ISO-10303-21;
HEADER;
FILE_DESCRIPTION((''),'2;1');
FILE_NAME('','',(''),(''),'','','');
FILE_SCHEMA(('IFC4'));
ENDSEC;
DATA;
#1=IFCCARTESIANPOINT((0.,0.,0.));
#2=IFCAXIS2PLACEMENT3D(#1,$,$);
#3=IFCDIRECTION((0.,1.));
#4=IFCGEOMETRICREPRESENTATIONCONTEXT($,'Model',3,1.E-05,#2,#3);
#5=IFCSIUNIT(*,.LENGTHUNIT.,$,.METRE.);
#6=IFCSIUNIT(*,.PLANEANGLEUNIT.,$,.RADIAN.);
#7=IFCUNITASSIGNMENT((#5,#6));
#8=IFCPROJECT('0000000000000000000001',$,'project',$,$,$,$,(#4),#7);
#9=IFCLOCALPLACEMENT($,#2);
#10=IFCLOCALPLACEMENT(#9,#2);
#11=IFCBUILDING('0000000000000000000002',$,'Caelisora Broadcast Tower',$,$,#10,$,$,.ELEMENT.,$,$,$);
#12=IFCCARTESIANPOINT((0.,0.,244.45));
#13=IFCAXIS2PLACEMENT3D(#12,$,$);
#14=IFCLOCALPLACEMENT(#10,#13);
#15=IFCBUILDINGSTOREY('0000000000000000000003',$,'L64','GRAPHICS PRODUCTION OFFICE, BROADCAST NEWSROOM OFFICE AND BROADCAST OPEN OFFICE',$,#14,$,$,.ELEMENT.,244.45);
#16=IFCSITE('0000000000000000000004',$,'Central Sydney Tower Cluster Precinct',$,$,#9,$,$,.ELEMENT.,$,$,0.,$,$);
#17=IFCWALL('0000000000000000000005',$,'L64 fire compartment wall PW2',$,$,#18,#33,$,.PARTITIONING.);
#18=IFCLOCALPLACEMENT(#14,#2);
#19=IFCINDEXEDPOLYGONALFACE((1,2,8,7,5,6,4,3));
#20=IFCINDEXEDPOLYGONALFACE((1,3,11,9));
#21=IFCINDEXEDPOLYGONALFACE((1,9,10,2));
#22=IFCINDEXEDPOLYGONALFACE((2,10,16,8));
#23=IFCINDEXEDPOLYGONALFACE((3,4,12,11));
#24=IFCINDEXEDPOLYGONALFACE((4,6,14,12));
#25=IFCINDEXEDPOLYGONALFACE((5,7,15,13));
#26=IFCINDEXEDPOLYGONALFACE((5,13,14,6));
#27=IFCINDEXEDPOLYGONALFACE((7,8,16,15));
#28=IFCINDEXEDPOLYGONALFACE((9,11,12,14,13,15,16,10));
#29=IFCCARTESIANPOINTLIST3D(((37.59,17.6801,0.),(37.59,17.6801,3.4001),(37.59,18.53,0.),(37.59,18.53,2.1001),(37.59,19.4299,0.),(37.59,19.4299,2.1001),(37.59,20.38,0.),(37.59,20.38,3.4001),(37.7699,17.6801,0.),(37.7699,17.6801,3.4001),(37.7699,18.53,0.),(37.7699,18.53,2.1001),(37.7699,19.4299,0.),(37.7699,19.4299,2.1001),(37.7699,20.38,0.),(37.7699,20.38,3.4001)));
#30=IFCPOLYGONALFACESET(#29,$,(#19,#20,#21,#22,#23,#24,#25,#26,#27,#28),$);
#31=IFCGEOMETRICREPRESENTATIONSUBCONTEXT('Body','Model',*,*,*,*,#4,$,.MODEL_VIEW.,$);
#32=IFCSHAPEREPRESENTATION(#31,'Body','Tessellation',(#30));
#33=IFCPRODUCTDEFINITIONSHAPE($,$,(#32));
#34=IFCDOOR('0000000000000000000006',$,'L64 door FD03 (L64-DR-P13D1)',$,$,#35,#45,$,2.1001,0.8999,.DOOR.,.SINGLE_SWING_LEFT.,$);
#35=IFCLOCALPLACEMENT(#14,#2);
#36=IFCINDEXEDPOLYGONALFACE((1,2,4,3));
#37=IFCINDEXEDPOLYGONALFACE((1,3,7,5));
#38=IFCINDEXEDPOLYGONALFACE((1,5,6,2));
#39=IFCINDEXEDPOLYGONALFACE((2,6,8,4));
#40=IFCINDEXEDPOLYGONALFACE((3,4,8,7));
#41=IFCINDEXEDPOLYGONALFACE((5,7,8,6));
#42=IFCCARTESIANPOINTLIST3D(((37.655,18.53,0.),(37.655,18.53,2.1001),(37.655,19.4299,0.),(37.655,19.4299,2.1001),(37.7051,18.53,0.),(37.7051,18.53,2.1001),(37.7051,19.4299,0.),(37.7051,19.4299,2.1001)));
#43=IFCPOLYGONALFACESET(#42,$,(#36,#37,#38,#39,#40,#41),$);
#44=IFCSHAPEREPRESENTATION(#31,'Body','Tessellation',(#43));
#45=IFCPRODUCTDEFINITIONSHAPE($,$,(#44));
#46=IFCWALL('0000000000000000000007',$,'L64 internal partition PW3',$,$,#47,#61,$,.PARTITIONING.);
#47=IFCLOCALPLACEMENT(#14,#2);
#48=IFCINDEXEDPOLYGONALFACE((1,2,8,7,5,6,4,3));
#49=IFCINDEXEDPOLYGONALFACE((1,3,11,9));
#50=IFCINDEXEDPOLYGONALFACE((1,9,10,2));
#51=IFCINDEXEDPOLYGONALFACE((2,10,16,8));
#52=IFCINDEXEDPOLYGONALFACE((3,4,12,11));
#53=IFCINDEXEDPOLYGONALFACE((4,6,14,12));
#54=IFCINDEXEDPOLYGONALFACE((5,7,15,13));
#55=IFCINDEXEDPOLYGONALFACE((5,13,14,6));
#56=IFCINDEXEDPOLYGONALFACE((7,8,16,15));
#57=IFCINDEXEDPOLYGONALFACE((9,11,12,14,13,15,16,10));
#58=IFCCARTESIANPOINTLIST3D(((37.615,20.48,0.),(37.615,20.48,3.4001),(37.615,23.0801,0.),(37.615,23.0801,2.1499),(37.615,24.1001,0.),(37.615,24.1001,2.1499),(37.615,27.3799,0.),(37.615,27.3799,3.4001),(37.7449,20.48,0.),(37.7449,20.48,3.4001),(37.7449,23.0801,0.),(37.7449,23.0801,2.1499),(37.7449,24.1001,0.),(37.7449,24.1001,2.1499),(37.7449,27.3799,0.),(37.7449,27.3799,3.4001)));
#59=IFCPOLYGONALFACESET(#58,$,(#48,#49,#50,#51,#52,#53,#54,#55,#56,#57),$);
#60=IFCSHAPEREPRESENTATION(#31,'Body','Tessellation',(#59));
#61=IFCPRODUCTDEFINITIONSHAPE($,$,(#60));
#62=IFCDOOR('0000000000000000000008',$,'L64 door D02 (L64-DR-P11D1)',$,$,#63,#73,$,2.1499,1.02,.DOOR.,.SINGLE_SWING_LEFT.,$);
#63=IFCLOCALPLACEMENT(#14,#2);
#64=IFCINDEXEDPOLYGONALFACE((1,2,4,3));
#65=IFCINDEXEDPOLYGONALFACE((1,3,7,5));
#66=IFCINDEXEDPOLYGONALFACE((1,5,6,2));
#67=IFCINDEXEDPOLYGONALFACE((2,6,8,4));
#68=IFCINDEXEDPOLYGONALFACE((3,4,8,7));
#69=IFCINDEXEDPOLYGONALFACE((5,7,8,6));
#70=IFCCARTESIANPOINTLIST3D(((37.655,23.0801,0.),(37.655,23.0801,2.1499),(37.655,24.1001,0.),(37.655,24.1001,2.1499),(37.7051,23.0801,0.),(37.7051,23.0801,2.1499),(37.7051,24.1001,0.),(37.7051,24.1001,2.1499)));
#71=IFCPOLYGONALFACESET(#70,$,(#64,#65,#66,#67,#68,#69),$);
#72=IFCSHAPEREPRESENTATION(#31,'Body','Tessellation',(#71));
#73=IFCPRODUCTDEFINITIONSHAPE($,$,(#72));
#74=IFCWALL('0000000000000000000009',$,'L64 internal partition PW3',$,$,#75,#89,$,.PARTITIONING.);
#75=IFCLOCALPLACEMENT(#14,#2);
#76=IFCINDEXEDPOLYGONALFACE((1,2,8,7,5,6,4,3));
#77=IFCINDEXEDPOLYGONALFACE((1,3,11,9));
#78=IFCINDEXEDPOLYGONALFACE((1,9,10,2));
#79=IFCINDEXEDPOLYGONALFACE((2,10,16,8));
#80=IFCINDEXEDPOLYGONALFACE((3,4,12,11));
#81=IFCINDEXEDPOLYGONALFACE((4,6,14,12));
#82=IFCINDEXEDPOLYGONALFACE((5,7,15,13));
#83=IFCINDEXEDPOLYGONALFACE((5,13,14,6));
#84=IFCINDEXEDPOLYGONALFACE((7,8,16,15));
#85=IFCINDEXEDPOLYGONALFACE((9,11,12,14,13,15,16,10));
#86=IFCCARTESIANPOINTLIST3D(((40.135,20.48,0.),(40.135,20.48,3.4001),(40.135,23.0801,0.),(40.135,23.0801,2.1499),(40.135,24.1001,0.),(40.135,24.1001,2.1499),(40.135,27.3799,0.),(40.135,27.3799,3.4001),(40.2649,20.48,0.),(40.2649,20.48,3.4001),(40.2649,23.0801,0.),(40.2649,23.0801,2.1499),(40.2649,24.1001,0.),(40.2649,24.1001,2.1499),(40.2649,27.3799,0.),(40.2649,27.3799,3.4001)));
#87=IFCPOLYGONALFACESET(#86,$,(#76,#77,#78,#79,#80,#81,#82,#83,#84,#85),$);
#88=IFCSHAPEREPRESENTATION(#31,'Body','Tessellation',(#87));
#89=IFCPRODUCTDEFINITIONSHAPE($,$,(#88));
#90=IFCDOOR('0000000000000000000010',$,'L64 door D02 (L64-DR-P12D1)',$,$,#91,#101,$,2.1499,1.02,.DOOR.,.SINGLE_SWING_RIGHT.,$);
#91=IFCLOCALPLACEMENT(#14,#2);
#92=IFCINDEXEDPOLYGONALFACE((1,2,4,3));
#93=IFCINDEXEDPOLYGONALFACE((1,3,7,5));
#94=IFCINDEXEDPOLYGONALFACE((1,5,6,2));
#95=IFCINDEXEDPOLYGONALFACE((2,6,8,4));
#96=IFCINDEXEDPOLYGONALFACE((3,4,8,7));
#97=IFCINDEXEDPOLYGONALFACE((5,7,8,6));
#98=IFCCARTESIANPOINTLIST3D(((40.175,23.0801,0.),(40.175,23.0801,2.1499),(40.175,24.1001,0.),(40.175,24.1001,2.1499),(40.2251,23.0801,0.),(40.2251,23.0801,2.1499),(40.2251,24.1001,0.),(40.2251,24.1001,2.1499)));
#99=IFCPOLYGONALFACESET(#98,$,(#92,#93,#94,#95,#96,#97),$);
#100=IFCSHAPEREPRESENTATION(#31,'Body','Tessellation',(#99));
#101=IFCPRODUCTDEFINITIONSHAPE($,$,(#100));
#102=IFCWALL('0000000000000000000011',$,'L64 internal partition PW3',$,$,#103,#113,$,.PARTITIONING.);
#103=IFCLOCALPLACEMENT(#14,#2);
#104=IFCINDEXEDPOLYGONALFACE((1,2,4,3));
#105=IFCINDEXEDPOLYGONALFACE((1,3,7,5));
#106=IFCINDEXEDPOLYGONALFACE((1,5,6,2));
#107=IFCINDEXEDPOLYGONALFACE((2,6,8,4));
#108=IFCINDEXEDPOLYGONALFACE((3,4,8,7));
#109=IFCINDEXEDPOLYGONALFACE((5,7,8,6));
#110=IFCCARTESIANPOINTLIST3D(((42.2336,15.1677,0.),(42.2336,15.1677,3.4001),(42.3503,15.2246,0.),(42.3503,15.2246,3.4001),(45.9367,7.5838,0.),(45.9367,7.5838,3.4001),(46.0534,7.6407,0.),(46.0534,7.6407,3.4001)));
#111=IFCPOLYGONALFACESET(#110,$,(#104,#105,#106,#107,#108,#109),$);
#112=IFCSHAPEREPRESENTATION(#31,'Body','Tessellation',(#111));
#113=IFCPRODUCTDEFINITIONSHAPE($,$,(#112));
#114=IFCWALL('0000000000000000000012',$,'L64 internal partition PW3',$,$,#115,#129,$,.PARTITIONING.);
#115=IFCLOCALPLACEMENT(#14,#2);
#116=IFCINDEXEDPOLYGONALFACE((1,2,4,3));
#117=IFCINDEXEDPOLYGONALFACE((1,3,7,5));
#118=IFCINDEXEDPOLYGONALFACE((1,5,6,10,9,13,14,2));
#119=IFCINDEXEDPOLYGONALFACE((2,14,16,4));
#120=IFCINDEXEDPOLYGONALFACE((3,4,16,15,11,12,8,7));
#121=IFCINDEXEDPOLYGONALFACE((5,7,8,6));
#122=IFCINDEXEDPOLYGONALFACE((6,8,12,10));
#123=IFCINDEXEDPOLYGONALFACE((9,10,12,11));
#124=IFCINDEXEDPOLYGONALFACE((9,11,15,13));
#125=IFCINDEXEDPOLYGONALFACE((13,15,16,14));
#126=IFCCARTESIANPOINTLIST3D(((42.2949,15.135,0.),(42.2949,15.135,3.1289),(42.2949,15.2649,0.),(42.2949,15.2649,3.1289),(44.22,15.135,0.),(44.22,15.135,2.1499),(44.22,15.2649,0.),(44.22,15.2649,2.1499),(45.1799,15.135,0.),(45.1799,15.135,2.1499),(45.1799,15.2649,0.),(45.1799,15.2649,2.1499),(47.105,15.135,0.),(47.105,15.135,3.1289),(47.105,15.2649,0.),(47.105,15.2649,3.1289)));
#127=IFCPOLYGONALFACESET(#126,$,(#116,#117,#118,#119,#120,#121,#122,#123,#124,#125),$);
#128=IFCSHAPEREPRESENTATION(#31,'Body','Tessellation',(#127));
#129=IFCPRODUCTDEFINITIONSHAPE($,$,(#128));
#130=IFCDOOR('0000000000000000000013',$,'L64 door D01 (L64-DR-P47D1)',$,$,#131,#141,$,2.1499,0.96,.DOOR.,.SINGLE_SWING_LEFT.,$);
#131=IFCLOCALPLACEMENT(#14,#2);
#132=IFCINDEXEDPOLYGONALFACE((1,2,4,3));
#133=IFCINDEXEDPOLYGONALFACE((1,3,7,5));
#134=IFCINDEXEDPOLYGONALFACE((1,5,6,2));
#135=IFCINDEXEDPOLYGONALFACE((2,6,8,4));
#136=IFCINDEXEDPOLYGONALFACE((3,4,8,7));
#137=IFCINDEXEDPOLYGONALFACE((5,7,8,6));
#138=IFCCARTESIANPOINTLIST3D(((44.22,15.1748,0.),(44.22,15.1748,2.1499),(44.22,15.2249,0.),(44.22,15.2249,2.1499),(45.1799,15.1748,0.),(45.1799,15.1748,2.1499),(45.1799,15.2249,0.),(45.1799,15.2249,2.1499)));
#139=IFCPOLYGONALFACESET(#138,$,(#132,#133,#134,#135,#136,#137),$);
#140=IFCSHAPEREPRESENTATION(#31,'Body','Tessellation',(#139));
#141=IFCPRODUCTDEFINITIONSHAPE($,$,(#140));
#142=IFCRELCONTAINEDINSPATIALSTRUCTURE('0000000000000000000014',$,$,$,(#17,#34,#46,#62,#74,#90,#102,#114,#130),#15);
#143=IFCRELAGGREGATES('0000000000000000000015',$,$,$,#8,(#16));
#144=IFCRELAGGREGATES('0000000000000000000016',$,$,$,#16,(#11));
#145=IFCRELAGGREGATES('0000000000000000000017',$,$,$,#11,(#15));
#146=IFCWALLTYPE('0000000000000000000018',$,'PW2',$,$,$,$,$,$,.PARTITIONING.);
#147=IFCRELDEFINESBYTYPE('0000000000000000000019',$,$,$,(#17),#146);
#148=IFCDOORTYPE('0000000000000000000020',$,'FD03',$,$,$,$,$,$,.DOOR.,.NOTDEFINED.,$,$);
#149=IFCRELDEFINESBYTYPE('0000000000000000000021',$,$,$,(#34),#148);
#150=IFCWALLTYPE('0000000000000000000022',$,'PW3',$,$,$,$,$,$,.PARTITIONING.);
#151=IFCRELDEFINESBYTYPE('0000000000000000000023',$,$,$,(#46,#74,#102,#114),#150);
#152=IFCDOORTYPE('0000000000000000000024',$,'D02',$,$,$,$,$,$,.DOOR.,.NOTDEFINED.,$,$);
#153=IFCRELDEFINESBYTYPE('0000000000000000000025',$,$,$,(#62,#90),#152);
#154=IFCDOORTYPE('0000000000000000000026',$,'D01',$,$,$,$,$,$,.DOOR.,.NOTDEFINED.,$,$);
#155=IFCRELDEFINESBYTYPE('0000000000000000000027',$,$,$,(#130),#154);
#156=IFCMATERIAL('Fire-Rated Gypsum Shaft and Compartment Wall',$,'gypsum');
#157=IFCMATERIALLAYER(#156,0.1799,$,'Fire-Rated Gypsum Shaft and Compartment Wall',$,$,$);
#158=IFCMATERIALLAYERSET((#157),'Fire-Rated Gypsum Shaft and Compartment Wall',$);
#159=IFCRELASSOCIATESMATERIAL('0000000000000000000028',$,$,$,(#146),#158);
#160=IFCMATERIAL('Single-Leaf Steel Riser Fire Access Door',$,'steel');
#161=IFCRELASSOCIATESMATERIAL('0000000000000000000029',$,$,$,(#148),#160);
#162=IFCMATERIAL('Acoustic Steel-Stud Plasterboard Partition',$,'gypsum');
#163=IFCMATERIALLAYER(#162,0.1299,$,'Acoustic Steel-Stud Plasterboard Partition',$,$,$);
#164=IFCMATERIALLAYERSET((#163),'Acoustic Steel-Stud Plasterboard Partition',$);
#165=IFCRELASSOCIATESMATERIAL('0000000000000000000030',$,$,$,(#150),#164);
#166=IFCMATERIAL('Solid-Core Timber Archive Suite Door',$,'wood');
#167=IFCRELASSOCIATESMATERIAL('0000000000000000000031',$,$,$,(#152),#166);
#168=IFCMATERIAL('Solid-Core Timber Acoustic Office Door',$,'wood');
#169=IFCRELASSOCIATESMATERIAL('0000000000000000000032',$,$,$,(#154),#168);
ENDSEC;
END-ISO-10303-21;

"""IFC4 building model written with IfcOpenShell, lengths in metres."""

from ifc_helpers import new_model, si_unit, direction, frame, frame_2d, origin, place, context, subcontext, project, spatial, rectangle, extrude, material, layer, layer_set, type_object, element, fill, save


model = new_model("IFC4")

# Units and contexts
model_context = context("Model", 3, precision=1e-05, world=origin(), true_north=direction((0.0, 1.0)))
body_context = subcontext(model_context, "Body", "Model", "MODEL_VIEW")
ifc_project = project(units=[si_unit("LENGTHUNIT", "METRE"), si_unit("PLANEANGLEUNIT", "RADIAN")], contexts=[model_context])

# Site, building, storey
site_placement = place(None, origin())
site = spatial("IfcSite", under=ifc_project, at=site_placement, Name="Central Sydney Tower Cluster Precinct", CompositionType="ELEMENT", RefElevation=0.0)
building_placement = place(site_placement, origin())
building = spatial("IfcBuilding", under=site, at=building_placement, Name="Caelisora Broadcast Tower", CompositionType="ELEMENT")
storey_placement = place(building_placement, frame((0.0, 0.0, 244.45)))
storey = spatial("IfcBuildingStorey", under=building, at=storey_placement, Name="L64", Description="GRAPHICS PRODUCTION OFFICE, BROADCAST NEWSROOM OFFICE AND BROADCAST OPEN OFFICE", CompositionType="ELEMENT", Elevation=244.45)

# Shared definitions
ifc_material_1 = material(Name="Fire-Rated Gypsum Shaft and Compartment Wall", Category="gypsum")
ifc_layer_1 = layer(ifc_material_1, 0.1799, Name="Fire-Rated Gypsum Shaft and Compartment Wall")
ifc_layer_set_1 = layer_set([ifc_layer_1], Name="Fire-Rated Gypsum Shaft and Compartment Wall")
wall_type_1 = type_object("IfcWallType", Name="PW2", PredefinedType="PARTITIONING", material=ifc_layer_set_1)

# Walls, openings, doors
wall_1_placement = place(storey_placement, frame((37.6799, 17.6799, 0.0), z_axis=(0.0, 0.0, 1.0), x_axis=(0.0, 1.0, 0.0)))
wall_1 = element("IfcWall", 1, at=wall_1_placement, inside=storey, type_object=wall_type_1, Name="L64 fire compartment wall PW2", PredefinedType="PARTITIONING", context=body_context, shape_type="SweptSolid", body=[
    extrude(rectangle(XDim=2.7, YDim=0.1799, at=frame_2d((1.3501, 0.0))), origin(), (0.0, 0.0, 1.0), 3.4001),
])
opening_1_placement = place(wall_1_placement, frame((0.8501, 0.0, 0.0)))
opening_1 = element("IfcOpeningElement", 2, at=opening_1_placement, cuts=wall_1, PredefinedType="OPENING", context=body_context, shape_type="SweptSolid", body=[
    extrude(rectangle(XDim=0.8999, YDim=2.1001, at=frame_2d((0.45, 1.05))), frame((0.0, 0.1021, 0.0), z_axis=(0.0, -1.0, 0.0), x_axis=(1.0, 0.0, 0.0)), (0.0, 0.0, 1.0), 0.2039),
])
ifc_material_2 = material(Name="Single-Leaf Steel Riser Fire Access Door", Category="steel")
door_type_1 = type_object("IfcDoorType", Name="FD03", OperationType="NOTDEFINED", PredefinedType="DOOR", material=ifc_material_2)
door_1_placement = place(opening_1_placement, origin())
door_1 = element("IfcDoor", 3, at=door_1_placement, inside=storey, type_object=door_type_1, Name="L64 door FD03 (L64-DR-P13D1)", OperationType="SINGLE_SWING_LEFT", OverallHeight=2.1001, OverallWidth=0.8999, PredefinedType="DOOR", context=body_context, shape_type="SweptSolid", body=[
    extrude(rectangle(XDim=0.8999, YDim=2.1001, at=frame_2d((0.45, 1.05))), frame((0.0, 0.0249, 0.0), z_axis=(0.0, -1.0, 0.0), x_axis=(1.0, 0.0, 0.0)), (0.0, 0.0, 1.0), 0.05),
])
fill(opening_1, door_1)
ifc_material_3 = material(Name="Acoustic Steel-Stud Plasterboard Partition", Category="gypsum")
ifc_layer_2 = layer(ifc_material_3, 0.1299, Name="Acoustic Steel-Stud Plasterboard Partition")
ifc_layer_set_2 = layer_set([ifc_layer_2], Name="Acoustic Steel-Stud Plasterboard Partition")
wall_type_2 = type_object("IfcWallType", Name="PW3", PredefinedType="PARTITIONING", material=ifc_layer_set_2)
wall_2_placement = place(storey_placement, frame((37.6799, 20.48, 0.0), z_axis=(0.0, 0.0, 1.0), x_axis=(0.0, 1.0, 0.0)))
wall_2 = element("IfcWall", 4, at=wall_2_placement, inside=storey, type_object=wall_type_2, Name="L64 internal partition PW3", PredefinedType="PARTITIONING", context=body_context, shape_type="SweptSolid", body=[
    extrude(rectangle(XDim=6.8999, YDim=0.1299, at=frame_2d((3.45, 0.0))), origin(), (0.0, 0.0, 1.0), 3.4001),
])
opening_2_placement = place(wall_2_placement, frame((2.6001, 0.0, 0.0)))
opening_2 = element("IfcOpeningElement", 5, at=opening_2_placement, cuts=wall_2, PredefinedType="OPENING", context=body_context, shape_type="SweptSolid", body=[
    extrude(rectangle(XDim=1.02, YDim=2.1499, at=frame_2d((0.51, 1.075))), frame((0.0, 0.0769, 0.0), z_axis=(0.0, -1.0, 0.0), x_axis=(1.0, 0.0, 0.0)), (0.0, 0.0, 1.0), 0.1538),
])
ifc_material_4 = material(Name="Solid-Core Timber Archive Suite Door", Category="wood")
door_type_2 = type_object("IfcDoorType", Name="D02", OperationType="NOTDEFINED", PredefinedType="DOOR", material=ifc_material_4)
door_2_placement = place(opening_2_placement, origin())
door_2 = element("IfcDoor", 6, at=door_2_placement, inside=storey, type_object=door_type_2, Name="L64 door D02 (L64-DR-P11D1)", OperationType="SINGLE_SWING_LEFT", OverallHeight=2.1499, OverallWidth=1.02, PredefinedType="DOOR", context=body_context, shape_type="SweptSolid", body=[
    extrude(rectangle(XDim=1.02, YDim=2.1499, at=frame_2d((0.51, 1.075))), frame((0.0, 0.0249, 0.0), z_axis=(0.0, -1.0, 0.0), x_axis=(1.0, 0.0, 0.0)), (0.0, 0.0, 1.0), 0.05),
])
fill(opening_2, door_2)
wall_3_placement = place(storey_placement, frame((40.2, 20.48, 0.0), z_axis=(0.0, 0.0, 1.0), x_axis=(0.0, 1.0, 0.0)))
wall_3 = element("IfcWall", 7, at=wall_3_placement, inside=storey, type_object=wall_type_2, Name="L64 internal partition PW3", PredefinedType="PARTITIONING", context=body_context, shape_type="SweptSolid", body=[
    extrude(rectangle(XDim=6.8999, YDim=0.1299, at=frame_2d((3.45, 0.0))), origin(), (0.0, 0.0, 1.0), 3.4001),
])
opening_3_placement = place(wall_3_placement, frame((2.6001, 0.0, 0.0)))
opening_3 = element("IfcOpeningElement", 8, at=opening_3_placement, cuts=wall_3, PredefinedType="OPENING", context=body_context, shape_type="SweptSolid", body=[
    extrude(rectangle(XDim=1.02, YDim=2.1499, at=frame_2d((0.51, 1.075))), frame((0.0, 0.0769, 0.0), z_axis=(0.0, -1.0, 0.0), x_axis=(1.0, 0.0, 0.0)), (0.0, 0.0, 1.0), 0.1538),
])
door_3_placement = place(opening_3_placement, origin())
door_3 = element("IfcDoor", 9, at=door_3_placement, inside=storey, type_object=door_type_2, Name="L64 door D02 (L64-DR-P12D1)", OperationType="SINGLE_SWING_RIGHT", OverallHeight=2.1499, OverallWidth=1.02, PredefinedType="DOOR", context=body_context, shape_type="SweptSolid", body=[
    extrude(rectangle(XDim=1.02, YDim=2.1499, at=frame_2d((0.51, 1.075))), frame((0.0, 0.0249, 0.0), z_axis=(0.0, -1.0, 0.0), x_axis=(1.0, 0.0, 0.0)), (0.0, 0.0, 1.0), 0.05),
])
fill(opening_3, door_3)

# Wall
wall_4_placement = place(storey_placement, frame((42.292, 15.196, 0.0), z_axis=(0.0, 0.0, 1.0), x_axis=(0.43877, -0.898599, 0.0)))
element("IfcWall", 10, at=wall_4_placement, inside=storey, type_object=wall_type_2, Name="L64 internal partition PW3", PredefinedType="PARTITIONING", context=body_context, shape_type="SweptSolid", body=[
    extrude(rectangle(XDim=8.4397, YDim=0.1299, at=frame_2d((4.2197, 0.0))), origin(), (0.0, 0.0, 1.0), 3.4001),
])

# Wall, opening, door
wall_5_placement = place(storey_placement, frame((42.2949, 15.2, 0.0), z_axis=(0.0, 0.0, 1.0), x_axis=(1.0, 0.0, 0.0)))
wall_5 = element("IfcWall", 11, at=wall_5_placement, inside=storey, type_object=wall_type_2, Name="L64 internal partition PW3", PredefinedType="PARTITIONING", context=body_context, shape_type="SweptSolid", body=[
    extrude(rectangle(XDim=4.8101, YDim=0.1299, at=frame_2d((2.405, 0.0))), origin(), (0.0, 0.0, 1.0), 3.1289),
])
opening_4_placement = place(wall_5_placement, frame((1.925, 0.0, 0.0)))
opening_4 = element("IfcOpeningElement", 12, at=opening_4_placement, cuts=wall_5, PredefinedType="OPENING", context=body_context, shape_type="SweptSolid", body=[
    extrude(rectangle(XDim=0.96, YDim=2.1499, at=frame_2d((0.48, 1.075))), frame((0.0, 0.0769, 0.0), z_axis=(0.0, -1.0, 0.0), x_axis=(1.0, 0.0, 0.0)), (0.0, 0.0, 1.0), 0.1538),
])
ifc_material_5 = material(Name="Solid-Core Timber Acoustic Office Door", Category="wood")
door_type_3 = type_object("IfcDoorType", Name="D01", OperationType="NOTDEFINED", PredefinedType="DOOR", material=ifc_material_5)
door_4_placement = place(opening_4_placement, origin())
door_4 = element("IfcDoor", 13, at=door_4_placement, inside=storey, type_object=door_type_3, Name="L64 door D01 (L64-DR-P47D1)", OperationType="SINGLE_SWING_LEFT", OverallHeight=2.1499, OverallWidth=0.96, PredefinedType="DOOR", context=body_context, shape_type="SweptSolid", body=[
    extrude(rectangle(XDim=0.96, YDim=2.1499, at=frame_2d((0.48, 1.075))), frame((0.0, 0.0249, 0.0), z_axis=(0.0, -1.0, 0.0), x_axis=(1.0, 0.0, 0.0)), (0.0, 0.0, 1.0), 0.05),
])
fill(opening_4, door_4)

save(model, "model.ifc")
